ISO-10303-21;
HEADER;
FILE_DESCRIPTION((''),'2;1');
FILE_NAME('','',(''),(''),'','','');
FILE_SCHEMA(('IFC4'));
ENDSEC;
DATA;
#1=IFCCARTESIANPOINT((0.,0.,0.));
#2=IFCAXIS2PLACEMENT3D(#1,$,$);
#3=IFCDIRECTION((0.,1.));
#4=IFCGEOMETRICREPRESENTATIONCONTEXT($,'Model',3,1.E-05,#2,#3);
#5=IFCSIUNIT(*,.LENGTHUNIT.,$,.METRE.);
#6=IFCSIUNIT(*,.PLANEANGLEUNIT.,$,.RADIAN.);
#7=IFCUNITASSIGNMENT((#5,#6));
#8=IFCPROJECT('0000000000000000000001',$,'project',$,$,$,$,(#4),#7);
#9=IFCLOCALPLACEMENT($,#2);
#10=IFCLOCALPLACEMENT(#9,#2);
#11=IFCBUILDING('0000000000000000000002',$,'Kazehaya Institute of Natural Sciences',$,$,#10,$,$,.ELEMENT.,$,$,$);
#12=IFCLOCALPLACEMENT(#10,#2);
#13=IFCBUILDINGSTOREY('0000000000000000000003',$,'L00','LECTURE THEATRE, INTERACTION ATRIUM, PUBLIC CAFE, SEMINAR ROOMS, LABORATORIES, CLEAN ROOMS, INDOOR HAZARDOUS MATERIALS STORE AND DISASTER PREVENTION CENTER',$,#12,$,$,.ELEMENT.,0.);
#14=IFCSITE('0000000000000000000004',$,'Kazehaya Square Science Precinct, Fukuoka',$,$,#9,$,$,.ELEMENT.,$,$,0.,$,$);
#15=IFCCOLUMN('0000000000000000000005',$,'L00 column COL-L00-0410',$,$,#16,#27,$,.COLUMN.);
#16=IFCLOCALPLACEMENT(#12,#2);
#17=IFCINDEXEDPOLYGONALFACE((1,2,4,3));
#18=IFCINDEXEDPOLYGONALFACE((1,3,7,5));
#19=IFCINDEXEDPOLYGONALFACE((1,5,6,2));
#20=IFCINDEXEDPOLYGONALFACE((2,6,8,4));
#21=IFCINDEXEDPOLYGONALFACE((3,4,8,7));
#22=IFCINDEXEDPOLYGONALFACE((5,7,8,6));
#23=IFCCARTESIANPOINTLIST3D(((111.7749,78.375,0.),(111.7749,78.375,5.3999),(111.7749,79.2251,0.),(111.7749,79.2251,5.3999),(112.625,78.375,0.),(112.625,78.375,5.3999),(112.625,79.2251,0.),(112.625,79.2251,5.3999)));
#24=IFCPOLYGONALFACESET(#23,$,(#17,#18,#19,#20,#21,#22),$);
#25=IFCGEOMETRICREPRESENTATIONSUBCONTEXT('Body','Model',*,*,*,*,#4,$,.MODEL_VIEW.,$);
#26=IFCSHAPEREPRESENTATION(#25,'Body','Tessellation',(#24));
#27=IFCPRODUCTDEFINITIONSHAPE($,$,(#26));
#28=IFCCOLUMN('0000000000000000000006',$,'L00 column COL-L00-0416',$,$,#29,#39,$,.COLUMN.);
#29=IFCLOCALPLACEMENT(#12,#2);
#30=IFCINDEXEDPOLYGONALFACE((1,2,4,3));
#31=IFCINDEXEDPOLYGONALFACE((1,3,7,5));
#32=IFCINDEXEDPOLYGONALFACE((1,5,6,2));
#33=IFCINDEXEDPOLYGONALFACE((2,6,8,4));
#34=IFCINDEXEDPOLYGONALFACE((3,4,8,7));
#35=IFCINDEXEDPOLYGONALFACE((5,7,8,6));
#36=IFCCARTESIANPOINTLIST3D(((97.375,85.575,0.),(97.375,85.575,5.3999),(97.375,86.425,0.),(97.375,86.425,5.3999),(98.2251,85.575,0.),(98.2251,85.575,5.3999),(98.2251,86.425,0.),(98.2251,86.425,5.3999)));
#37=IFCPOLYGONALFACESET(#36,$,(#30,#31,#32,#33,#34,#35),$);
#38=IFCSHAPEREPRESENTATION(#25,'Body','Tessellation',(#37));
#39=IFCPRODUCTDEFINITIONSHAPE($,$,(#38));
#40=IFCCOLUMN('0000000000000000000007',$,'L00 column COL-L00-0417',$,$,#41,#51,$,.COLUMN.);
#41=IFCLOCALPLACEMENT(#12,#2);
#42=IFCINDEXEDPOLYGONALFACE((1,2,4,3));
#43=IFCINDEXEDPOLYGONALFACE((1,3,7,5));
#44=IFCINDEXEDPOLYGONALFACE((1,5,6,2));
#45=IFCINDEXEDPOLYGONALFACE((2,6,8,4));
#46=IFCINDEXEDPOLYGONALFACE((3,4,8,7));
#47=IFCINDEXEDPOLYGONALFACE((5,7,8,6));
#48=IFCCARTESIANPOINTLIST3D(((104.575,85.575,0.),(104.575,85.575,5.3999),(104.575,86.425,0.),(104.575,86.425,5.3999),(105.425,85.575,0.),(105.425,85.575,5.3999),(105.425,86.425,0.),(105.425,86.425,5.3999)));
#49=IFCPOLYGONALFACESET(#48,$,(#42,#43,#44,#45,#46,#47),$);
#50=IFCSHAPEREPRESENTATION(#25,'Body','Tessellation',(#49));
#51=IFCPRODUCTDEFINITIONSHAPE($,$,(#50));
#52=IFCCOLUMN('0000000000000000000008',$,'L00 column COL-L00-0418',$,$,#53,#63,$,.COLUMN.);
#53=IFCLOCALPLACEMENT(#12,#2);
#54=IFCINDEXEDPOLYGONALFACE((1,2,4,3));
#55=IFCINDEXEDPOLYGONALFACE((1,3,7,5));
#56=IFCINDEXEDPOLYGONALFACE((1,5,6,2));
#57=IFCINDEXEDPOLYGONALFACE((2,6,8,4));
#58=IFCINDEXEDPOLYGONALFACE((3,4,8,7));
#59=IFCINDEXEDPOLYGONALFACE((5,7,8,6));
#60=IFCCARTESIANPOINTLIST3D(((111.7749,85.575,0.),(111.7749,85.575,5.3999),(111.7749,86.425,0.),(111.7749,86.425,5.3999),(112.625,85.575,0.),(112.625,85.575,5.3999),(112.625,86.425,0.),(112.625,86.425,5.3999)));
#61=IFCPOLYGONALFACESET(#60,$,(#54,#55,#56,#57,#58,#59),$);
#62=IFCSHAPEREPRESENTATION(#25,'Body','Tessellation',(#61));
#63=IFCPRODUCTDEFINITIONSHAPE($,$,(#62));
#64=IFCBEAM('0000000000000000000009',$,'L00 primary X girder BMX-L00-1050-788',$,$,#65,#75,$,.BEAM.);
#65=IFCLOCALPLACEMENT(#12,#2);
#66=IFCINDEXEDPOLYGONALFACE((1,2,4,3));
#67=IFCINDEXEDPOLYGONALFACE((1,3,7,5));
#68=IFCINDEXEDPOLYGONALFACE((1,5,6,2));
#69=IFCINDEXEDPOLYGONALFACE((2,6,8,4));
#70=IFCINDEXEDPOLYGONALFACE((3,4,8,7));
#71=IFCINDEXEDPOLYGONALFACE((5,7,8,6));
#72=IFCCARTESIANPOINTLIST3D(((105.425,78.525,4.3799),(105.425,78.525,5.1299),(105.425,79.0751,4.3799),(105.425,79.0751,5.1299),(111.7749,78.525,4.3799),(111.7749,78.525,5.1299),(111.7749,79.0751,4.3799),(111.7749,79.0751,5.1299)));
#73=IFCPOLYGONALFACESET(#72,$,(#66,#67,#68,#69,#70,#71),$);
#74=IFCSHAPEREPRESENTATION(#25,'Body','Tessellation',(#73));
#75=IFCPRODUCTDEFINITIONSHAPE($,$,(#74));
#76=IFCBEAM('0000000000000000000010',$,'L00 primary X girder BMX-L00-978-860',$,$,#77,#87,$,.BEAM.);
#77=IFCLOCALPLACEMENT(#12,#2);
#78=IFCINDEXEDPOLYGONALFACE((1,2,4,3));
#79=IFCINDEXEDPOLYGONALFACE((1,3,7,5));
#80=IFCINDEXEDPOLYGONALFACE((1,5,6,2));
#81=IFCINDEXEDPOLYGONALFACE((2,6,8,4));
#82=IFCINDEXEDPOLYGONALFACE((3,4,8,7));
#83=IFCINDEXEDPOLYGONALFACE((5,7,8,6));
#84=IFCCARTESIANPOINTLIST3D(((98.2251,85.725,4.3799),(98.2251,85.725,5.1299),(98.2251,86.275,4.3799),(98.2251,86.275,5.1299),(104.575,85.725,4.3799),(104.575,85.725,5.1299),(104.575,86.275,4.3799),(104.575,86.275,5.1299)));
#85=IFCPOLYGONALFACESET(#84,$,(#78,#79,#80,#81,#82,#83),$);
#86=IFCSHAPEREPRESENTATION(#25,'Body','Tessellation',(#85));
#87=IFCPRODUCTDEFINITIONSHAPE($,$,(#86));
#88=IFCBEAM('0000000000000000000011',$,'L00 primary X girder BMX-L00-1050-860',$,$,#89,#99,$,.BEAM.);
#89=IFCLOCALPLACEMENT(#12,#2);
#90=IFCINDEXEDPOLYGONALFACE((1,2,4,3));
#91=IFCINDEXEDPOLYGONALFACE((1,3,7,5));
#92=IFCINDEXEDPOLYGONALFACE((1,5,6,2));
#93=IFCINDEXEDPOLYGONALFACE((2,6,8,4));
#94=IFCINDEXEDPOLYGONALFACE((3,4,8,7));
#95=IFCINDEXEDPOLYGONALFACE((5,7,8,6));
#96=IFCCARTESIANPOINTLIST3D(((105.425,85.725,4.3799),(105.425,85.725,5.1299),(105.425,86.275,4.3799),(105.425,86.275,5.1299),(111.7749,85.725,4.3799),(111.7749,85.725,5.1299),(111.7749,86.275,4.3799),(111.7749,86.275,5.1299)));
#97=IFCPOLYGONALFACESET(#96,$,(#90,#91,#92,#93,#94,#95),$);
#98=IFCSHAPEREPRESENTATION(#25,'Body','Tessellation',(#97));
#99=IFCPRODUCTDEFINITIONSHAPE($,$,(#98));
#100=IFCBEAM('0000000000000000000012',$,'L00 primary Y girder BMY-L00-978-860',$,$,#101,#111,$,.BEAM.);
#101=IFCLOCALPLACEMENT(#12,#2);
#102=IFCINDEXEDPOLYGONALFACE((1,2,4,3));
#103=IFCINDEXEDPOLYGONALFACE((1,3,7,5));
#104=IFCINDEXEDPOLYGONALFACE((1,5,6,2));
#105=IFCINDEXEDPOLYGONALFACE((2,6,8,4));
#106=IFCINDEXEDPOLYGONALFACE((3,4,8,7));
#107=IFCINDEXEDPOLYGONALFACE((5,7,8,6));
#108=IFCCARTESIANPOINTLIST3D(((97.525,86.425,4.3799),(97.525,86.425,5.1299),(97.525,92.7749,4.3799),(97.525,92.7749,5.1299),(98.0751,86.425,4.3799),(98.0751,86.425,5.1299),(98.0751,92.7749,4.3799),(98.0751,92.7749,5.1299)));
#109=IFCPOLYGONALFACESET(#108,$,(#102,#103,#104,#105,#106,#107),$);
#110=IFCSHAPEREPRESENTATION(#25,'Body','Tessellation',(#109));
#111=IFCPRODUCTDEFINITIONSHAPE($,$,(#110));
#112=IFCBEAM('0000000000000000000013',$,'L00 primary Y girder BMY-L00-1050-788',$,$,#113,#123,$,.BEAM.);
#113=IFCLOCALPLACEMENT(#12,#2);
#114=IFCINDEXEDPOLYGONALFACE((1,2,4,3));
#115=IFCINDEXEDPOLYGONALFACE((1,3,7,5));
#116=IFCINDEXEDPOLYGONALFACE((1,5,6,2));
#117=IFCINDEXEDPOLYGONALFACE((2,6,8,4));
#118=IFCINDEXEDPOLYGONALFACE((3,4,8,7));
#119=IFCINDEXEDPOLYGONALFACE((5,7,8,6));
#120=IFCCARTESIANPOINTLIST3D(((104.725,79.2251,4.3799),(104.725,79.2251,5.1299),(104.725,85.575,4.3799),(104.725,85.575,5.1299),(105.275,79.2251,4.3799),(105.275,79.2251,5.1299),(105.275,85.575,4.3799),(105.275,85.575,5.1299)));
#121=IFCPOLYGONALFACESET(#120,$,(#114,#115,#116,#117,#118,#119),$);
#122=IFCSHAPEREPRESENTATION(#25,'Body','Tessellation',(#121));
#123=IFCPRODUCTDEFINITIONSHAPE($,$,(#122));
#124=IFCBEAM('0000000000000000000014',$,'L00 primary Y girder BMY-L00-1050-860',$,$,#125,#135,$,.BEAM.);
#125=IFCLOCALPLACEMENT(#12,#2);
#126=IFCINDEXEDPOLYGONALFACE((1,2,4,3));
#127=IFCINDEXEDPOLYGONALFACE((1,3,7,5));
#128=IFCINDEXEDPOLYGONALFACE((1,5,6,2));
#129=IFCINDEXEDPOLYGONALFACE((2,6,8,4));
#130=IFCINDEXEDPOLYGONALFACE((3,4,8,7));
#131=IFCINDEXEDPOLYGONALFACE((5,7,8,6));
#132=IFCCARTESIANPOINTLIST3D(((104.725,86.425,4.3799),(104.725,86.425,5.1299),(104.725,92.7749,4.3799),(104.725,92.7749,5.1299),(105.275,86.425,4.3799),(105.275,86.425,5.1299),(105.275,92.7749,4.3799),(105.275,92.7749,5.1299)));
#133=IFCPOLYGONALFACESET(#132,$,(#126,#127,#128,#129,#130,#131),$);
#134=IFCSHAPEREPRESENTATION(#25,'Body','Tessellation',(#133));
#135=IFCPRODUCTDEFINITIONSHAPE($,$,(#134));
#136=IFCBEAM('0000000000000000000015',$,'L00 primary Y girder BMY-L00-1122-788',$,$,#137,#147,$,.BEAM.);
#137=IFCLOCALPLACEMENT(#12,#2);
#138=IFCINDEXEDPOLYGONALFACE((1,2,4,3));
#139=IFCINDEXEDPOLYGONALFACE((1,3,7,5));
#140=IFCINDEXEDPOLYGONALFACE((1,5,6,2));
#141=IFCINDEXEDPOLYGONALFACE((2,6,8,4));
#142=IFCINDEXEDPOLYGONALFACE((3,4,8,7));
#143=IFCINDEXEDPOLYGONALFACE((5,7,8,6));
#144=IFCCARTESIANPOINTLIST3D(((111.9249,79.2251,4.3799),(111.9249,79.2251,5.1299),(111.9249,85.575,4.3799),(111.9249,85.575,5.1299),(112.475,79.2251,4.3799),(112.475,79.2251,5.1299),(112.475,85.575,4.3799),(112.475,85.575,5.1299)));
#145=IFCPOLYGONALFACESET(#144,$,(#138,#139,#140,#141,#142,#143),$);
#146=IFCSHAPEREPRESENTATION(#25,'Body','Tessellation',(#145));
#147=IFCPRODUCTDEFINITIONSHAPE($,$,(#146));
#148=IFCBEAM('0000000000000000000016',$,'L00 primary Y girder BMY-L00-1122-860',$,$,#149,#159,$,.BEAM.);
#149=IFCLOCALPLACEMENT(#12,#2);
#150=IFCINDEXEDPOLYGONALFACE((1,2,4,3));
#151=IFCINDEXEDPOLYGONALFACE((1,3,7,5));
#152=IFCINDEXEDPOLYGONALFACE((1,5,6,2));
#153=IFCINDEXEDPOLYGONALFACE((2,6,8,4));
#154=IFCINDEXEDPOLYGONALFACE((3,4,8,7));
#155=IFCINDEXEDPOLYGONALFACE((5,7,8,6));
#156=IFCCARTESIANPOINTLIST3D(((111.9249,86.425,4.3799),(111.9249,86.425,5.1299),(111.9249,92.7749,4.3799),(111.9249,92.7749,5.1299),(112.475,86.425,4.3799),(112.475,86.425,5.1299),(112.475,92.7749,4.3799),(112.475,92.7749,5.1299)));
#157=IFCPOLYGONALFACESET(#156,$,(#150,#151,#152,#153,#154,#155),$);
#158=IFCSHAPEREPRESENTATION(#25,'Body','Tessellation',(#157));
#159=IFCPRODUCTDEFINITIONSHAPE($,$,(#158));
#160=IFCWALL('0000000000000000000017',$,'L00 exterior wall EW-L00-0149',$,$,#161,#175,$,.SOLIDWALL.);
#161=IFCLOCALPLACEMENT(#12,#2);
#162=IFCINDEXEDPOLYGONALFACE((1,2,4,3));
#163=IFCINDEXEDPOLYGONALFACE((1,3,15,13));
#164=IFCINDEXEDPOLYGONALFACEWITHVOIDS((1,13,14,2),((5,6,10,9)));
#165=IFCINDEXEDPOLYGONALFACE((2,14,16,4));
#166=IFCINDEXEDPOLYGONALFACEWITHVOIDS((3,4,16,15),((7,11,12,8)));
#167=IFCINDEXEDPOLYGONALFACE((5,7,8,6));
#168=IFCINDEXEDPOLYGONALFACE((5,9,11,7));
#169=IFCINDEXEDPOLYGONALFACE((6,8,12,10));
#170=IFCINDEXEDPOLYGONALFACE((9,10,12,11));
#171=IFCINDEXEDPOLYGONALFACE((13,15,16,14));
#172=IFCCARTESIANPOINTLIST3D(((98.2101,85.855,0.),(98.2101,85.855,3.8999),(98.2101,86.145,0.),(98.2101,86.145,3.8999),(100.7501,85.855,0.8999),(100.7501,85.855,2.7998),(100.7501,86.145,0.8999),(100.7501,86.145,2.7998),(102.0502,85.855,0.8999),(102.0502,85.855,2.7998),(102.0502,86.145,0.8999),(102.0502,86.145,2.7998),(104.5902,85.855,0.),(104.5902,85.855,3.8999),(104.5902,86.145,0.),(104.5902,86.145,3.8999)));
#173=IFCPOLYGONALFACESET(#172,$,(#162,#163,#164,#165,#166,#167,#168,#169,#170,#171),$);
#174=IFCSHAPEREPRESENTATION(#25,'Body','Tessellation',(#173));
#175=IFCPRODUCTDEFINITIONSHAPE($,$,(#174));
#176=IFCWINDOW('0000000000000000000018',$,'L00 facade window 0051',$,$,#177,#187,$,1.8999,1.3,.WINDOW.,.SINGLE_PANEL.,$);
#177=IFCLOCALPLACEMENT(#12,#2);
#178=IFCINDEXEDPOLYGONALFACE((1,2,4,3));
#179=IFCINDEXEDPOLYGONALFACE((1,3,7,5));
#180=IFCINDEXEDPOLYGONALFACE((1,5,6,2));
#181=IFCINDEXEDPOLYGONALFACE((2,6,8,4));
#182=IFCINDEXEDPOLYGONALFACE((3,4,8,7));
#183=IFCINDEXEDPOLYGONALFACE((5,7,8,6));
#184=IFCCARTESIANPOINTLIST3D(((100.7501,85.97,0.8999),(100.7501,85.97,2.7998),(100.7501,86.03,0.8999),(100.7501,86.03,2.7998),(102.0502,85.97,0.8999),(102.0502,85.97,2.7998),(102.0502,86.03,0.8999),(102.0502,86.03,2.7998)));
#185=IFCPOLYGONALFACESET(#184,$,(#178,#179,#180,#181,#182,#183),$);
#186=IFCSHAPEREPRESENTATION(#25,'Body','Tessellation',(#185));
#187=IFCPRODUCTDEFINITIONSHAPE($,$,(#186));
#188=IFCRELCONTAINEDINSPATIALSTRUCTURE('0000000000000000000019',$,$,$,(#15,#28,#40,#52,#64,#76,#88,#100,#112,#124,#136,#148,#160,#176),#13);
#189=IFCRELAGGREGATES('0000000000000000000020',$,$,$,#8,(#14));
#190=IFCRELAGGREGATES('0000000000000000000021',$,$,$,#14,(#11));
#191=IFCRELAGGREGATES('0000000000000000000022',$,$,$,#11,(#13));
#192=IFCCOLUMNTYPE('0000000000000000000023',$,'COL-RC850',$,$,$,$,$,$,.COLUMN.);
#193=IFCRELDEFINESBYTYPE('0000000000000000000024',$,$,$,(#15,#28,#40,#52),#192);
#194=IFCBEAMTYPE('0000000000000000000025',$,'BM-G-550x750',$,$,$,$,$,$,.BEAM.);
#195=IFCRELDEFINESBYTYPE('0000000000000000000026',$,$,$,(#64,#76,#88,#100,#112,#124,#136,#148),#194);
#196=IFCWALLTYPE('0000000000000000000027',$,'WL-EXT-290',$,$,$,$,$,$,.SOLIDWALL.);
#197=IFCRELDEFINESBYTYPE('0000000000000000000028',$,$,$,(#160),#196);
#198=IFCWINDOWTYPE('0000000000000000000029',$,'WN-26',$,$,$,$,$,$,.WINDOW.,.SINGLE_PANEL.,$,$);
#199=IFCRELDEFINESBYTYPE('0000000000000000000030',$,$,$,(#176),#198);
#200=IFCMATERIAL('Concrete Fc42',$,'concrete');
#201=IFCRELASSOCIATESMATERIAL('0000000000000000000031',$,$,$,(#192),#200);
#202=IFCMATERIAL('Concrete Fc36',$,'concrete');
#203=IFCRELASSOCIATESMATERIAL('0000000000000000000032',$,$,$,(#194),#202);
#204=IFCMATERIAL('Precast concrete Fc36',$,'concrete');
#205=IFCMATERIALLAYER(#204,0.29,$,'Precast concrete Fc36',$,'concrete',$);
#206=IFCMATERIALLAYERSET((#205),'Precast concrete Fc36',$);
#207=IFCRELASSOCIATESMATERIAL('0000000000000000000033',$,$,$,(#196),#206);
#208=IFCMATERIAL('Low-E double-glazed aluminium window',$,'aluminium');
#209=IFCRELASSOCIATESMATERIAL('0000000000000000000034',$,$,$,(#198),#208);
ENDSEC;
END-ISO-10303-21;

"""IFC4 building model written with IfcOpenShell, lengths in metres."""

from ifc_helpers import new_model, si_unit, direction, frame, frame_2d, origin, origin_2d, place, context, subcontext, project, spatial, rectangle, extrude, material, layer, layer_set, material_profile, profile_set, type_object, element, fill, save


model = new_model("IFC4")

# Units and contexts
model_context = context("Model", 3, precision=1e-05, world=origin(), true_north=direction((0.0, 1.0)))
body_context = subcontext(model_context, "Body", "Model", "MODEL_VIEW")
ifc_project = project(units=[si_unit("LENGTHUNIT", "METRE"), si_unit("PLANEANGLEUNIT", "RADIAN")], contexts=[model_context])

# Site, building, storey
site_placement = place(None, origin())
site = spatial("IfcSite", under=ifc_project, at=site_placement, Name="Kazehaya Square Science Precinct, Fukuoka", CompositionType="ELEMENT", RefElevation=0.0)
building_placement = place(site_placement, origin())
building = spatial("IfcBuilding", under=site, at=building_placement, Name="Kazehaya Institute of Natural Sciences", CompositionType="ELEMENT")
storey_placement = place(building_placement, origin())
storey = spatial("IfcBuildingStorey", under=building, at=storey_placement, Name="L00", Description="LECTURE THEATRE, INTERACTION ATRIUM, PUBLIC CAFE, SEMINAR ROOMS, LABORATORIES, CLEAN ROOMS, INDOOR HAZARDOUS MATERIALS STORE AND DISASTER PREVENTION CENTER", CompositionType="ELEMENT", Elevation=0.0)

# Columns
ifc_material_1 = material(Name="Concrete Fc42", Category="concrete")
ifc_material_profile_1 = material_profile(ifc_material_1, rectangle(XDim=0.8501, YDim=0.8501, at=origin_2d()), Name="RC-850x850")
ifc_profile_set_1 = profile_set([ifc_material_profile_1], Name="Concrete Fc42")
column_type = type_object("IfcColumnType", Name="COL-RC850", PredefinedType="COLUMN", material=ifc_profile_set_1)
for number, where, z_axis, x_axis, name in (
    (1, (112.2, 78.8, 0.0), (0.0, 0.0, 1.0), (1.0, 0.0, 0.0), "L00 column COL-L00-0410"),
    (2, (97.8, 86.0, 0.0), (0.0, 0.0, 1.0), (1.0, 0.0, 0.0), "L00 column COL-L00-0416"),
    (3, (105.0, 86.0, 0.0), (0.0, 0.0, 1.0), (1.0, 0.0, 0.0), "L00 column COL-L00-0417"),
    (4, (112.2, 86.0, 0.0), (0.0, 0.0, 1.0), (1.0, 0.0, 0.0), "L00 column COL-L00-0418"),
):
    element("IfcColumn", number, at=place(storey_placement, frame(where, z_axis=z_axis, x_axis=x_axis)), inside=storey, type_object=column_type, Name=name, PredefinedType="COLUMN", context=body_context, shape_type="SweptSolid", body=[
        extrude(rectangle(XDim=0.8501, YDim=0.8501, at=origin_2d()), origin(), (0.0, 0.0, 1.0), 5.3999),
    ])

# Beams
ifc_material_2 = material(Name="Concrete Fc36", Category="concrete")
ifc_material_profile_2 = material_profile(ifc_material_2, rectangle(XDim=0.55, YDim=0.75, at=origin_2d()), Name="RC-550x750")
ifc_profile_set_2 = profile_set([ifc_material_profile_2], Name="Concrete Fc36")
beam_type = type_object("IfcBeamType", Name="BM-G-550x750", PredefinedType="BEAM", material=ifc_profile_set_2)
for number, where, z_axis, x_axis, name in (
    (5, (105.425, 78.8, 4.7549), (1.0, 0.0, 0.0), (0.0, 1.0, 0.0), "L00 primary X girder BMX-L00-1050-788"),
    (6, (98.2251, 86.0, 4.7549), (1.0, 0.0, 0.0), (0.0, 1.0, 0.0), "L00 primary X girder BMX-L00-978-860"),
    (7, (105.425, 86.0, 4.7549), (1.0, 0.0, 0.0), (0.0, 1.0, 0.0), "L00 primary X girder BMX-L00-1050-860"),
    (8, (97.8, 86.425, 4.7549), (0.0, 1.0, 0.0), (-1.0, 0.0, 0.0), "L00 primary Y girder BMY-L00-978-860"),
    (9, (105.0, 79.2251, 4.7549), (0.0, 1.0, 0.0), (-1.0, 0.0, 0.0), "L00 primary Y girder BMY-L00-1050-788"),
    (10, (105.0, 86.425, 4.7549), (0.0, 1.0, 0.0), (-1.0, 0.0, 0.0), "L00 primary Y girder BMY-L00-1050-860"),
    (11, (112.2, 79.2251, 4.7549), (0.0, 1.0, 0.0), (-1.0, 0.0, 0.0), "L00 primary Y girder BMY-L00-1122-788"),
    (12, (112.2, 86.425, 4.7549), (0.0, 1.0, 0.0), (-1.0, 0.0, 0.0), "L00 primary Y girder BMY-L00-1122-860"),
):
    element("IfcBeam", number, at=place(storey_placement, frame(where, z_axis=z_axis, x_axis=x_axis)), inside=storey, type_object=beam_type, Name=name, PredefinedType="BEAM", context=body_context, shape_type="SweptSolid", body=[
        extrude(rectangle(XDim=0.55, YDim=0.75, at=origin_2d()), origin(), (0.0, 0.0, 1.0), 6.3499),
    ])

# Wall, opening, window
ifc_material_3 = material(Name="Precast concrete Fc36", Category="concrete")
ifc_layer_1 = layer(ifc_material_3, 0.29, Name="Precast concrete Fc36", Category="concrete")
ifc_layer_set_1 = layer_set([ifc_layer_1], Name="Precast concrete Fc36")
wall_type_1 = type_object("IfcWallType", Name="WL-EXT-290", PredefinedType="SOLIDWALL", material=ifc_layer_set_1)
wall_1_placement = place(storey_placement, frame((104.5901, 86.0, 0.0), z_axis=(0.0, 0.0, 1.0), x_axis=(-1.0, 0.0, 0.0)))
wall_1 = element("IfcWall", 13, at=wall_1_placement, inside=storey, type_object=wall_type_1, Name="L00 exterior wall EW-L00-0149", PredefinedType="SOLIDWALL", context=body_context, shape_type="SweptSolid", body=[
    extrude(rectangle(XDim=6.3801, YDim=0.29, at=frame_2d((3.1899, 0.0))), origin(), (0.0, 0.0, 1.0), 3.8999),
])
opening_1_placement = place(wall_1_placement, frame((2.54, 0.0, 0.8999)))
opening_1 = element("IfcOpeningElement", 14, at=opening_1_placement, cuts=wall_1, PredefinedType="OPENING", context=body_context, shape_type="SweptSolid", body=[
    extrude(rectangle(XDim=1.3, YDim=1.8999, at=frame_2d((0.6499, 0.95))), frame((0.0, 0.155, 0.0), z_axis=(0.0, -1.0, 0.0), x_axis=(1.0, 0.0, 0.0)), (0.0, 0.0, 1.0), 0.3101),
])
ifc_material_4 = material(Name="Low-E double-glazed aluminium window", Category="aluminium")
window_type_1 = type_object("IfcWindowType", Name="WN-26", PartitioningType="SINGLE_PANEL", PredefinedType="WINDOW", material=ifc_material_4)
window_1_placement = place(opening_1_placement, origin())
window_1 = element("IfcWindow", 15, at=window_1_placement, inside=storey, type_object=window_type_1, Name="L00 facade window 0051", OverallHeight=1.8999, OverallWidth=1.3, PartitioningType="SINGLE_PANEL", PredefinedType="WINDOW", context=body_context, shape_type="SweptSolid", body=[
    extrude(rectangle(XDim=1.3, YDim=1.8999, at=frame_2d((0.6499, 0.95))), frame((0.0, 0.03, 0.0), z_axis=(0.0, -1.0, 0.0), x_axis=(1.0, 0.0, 0.0)), (0.0, 0.0, 1.0), 0.0601),
])
fill(opening_1, window_1)

save(model, "model.ifc")
